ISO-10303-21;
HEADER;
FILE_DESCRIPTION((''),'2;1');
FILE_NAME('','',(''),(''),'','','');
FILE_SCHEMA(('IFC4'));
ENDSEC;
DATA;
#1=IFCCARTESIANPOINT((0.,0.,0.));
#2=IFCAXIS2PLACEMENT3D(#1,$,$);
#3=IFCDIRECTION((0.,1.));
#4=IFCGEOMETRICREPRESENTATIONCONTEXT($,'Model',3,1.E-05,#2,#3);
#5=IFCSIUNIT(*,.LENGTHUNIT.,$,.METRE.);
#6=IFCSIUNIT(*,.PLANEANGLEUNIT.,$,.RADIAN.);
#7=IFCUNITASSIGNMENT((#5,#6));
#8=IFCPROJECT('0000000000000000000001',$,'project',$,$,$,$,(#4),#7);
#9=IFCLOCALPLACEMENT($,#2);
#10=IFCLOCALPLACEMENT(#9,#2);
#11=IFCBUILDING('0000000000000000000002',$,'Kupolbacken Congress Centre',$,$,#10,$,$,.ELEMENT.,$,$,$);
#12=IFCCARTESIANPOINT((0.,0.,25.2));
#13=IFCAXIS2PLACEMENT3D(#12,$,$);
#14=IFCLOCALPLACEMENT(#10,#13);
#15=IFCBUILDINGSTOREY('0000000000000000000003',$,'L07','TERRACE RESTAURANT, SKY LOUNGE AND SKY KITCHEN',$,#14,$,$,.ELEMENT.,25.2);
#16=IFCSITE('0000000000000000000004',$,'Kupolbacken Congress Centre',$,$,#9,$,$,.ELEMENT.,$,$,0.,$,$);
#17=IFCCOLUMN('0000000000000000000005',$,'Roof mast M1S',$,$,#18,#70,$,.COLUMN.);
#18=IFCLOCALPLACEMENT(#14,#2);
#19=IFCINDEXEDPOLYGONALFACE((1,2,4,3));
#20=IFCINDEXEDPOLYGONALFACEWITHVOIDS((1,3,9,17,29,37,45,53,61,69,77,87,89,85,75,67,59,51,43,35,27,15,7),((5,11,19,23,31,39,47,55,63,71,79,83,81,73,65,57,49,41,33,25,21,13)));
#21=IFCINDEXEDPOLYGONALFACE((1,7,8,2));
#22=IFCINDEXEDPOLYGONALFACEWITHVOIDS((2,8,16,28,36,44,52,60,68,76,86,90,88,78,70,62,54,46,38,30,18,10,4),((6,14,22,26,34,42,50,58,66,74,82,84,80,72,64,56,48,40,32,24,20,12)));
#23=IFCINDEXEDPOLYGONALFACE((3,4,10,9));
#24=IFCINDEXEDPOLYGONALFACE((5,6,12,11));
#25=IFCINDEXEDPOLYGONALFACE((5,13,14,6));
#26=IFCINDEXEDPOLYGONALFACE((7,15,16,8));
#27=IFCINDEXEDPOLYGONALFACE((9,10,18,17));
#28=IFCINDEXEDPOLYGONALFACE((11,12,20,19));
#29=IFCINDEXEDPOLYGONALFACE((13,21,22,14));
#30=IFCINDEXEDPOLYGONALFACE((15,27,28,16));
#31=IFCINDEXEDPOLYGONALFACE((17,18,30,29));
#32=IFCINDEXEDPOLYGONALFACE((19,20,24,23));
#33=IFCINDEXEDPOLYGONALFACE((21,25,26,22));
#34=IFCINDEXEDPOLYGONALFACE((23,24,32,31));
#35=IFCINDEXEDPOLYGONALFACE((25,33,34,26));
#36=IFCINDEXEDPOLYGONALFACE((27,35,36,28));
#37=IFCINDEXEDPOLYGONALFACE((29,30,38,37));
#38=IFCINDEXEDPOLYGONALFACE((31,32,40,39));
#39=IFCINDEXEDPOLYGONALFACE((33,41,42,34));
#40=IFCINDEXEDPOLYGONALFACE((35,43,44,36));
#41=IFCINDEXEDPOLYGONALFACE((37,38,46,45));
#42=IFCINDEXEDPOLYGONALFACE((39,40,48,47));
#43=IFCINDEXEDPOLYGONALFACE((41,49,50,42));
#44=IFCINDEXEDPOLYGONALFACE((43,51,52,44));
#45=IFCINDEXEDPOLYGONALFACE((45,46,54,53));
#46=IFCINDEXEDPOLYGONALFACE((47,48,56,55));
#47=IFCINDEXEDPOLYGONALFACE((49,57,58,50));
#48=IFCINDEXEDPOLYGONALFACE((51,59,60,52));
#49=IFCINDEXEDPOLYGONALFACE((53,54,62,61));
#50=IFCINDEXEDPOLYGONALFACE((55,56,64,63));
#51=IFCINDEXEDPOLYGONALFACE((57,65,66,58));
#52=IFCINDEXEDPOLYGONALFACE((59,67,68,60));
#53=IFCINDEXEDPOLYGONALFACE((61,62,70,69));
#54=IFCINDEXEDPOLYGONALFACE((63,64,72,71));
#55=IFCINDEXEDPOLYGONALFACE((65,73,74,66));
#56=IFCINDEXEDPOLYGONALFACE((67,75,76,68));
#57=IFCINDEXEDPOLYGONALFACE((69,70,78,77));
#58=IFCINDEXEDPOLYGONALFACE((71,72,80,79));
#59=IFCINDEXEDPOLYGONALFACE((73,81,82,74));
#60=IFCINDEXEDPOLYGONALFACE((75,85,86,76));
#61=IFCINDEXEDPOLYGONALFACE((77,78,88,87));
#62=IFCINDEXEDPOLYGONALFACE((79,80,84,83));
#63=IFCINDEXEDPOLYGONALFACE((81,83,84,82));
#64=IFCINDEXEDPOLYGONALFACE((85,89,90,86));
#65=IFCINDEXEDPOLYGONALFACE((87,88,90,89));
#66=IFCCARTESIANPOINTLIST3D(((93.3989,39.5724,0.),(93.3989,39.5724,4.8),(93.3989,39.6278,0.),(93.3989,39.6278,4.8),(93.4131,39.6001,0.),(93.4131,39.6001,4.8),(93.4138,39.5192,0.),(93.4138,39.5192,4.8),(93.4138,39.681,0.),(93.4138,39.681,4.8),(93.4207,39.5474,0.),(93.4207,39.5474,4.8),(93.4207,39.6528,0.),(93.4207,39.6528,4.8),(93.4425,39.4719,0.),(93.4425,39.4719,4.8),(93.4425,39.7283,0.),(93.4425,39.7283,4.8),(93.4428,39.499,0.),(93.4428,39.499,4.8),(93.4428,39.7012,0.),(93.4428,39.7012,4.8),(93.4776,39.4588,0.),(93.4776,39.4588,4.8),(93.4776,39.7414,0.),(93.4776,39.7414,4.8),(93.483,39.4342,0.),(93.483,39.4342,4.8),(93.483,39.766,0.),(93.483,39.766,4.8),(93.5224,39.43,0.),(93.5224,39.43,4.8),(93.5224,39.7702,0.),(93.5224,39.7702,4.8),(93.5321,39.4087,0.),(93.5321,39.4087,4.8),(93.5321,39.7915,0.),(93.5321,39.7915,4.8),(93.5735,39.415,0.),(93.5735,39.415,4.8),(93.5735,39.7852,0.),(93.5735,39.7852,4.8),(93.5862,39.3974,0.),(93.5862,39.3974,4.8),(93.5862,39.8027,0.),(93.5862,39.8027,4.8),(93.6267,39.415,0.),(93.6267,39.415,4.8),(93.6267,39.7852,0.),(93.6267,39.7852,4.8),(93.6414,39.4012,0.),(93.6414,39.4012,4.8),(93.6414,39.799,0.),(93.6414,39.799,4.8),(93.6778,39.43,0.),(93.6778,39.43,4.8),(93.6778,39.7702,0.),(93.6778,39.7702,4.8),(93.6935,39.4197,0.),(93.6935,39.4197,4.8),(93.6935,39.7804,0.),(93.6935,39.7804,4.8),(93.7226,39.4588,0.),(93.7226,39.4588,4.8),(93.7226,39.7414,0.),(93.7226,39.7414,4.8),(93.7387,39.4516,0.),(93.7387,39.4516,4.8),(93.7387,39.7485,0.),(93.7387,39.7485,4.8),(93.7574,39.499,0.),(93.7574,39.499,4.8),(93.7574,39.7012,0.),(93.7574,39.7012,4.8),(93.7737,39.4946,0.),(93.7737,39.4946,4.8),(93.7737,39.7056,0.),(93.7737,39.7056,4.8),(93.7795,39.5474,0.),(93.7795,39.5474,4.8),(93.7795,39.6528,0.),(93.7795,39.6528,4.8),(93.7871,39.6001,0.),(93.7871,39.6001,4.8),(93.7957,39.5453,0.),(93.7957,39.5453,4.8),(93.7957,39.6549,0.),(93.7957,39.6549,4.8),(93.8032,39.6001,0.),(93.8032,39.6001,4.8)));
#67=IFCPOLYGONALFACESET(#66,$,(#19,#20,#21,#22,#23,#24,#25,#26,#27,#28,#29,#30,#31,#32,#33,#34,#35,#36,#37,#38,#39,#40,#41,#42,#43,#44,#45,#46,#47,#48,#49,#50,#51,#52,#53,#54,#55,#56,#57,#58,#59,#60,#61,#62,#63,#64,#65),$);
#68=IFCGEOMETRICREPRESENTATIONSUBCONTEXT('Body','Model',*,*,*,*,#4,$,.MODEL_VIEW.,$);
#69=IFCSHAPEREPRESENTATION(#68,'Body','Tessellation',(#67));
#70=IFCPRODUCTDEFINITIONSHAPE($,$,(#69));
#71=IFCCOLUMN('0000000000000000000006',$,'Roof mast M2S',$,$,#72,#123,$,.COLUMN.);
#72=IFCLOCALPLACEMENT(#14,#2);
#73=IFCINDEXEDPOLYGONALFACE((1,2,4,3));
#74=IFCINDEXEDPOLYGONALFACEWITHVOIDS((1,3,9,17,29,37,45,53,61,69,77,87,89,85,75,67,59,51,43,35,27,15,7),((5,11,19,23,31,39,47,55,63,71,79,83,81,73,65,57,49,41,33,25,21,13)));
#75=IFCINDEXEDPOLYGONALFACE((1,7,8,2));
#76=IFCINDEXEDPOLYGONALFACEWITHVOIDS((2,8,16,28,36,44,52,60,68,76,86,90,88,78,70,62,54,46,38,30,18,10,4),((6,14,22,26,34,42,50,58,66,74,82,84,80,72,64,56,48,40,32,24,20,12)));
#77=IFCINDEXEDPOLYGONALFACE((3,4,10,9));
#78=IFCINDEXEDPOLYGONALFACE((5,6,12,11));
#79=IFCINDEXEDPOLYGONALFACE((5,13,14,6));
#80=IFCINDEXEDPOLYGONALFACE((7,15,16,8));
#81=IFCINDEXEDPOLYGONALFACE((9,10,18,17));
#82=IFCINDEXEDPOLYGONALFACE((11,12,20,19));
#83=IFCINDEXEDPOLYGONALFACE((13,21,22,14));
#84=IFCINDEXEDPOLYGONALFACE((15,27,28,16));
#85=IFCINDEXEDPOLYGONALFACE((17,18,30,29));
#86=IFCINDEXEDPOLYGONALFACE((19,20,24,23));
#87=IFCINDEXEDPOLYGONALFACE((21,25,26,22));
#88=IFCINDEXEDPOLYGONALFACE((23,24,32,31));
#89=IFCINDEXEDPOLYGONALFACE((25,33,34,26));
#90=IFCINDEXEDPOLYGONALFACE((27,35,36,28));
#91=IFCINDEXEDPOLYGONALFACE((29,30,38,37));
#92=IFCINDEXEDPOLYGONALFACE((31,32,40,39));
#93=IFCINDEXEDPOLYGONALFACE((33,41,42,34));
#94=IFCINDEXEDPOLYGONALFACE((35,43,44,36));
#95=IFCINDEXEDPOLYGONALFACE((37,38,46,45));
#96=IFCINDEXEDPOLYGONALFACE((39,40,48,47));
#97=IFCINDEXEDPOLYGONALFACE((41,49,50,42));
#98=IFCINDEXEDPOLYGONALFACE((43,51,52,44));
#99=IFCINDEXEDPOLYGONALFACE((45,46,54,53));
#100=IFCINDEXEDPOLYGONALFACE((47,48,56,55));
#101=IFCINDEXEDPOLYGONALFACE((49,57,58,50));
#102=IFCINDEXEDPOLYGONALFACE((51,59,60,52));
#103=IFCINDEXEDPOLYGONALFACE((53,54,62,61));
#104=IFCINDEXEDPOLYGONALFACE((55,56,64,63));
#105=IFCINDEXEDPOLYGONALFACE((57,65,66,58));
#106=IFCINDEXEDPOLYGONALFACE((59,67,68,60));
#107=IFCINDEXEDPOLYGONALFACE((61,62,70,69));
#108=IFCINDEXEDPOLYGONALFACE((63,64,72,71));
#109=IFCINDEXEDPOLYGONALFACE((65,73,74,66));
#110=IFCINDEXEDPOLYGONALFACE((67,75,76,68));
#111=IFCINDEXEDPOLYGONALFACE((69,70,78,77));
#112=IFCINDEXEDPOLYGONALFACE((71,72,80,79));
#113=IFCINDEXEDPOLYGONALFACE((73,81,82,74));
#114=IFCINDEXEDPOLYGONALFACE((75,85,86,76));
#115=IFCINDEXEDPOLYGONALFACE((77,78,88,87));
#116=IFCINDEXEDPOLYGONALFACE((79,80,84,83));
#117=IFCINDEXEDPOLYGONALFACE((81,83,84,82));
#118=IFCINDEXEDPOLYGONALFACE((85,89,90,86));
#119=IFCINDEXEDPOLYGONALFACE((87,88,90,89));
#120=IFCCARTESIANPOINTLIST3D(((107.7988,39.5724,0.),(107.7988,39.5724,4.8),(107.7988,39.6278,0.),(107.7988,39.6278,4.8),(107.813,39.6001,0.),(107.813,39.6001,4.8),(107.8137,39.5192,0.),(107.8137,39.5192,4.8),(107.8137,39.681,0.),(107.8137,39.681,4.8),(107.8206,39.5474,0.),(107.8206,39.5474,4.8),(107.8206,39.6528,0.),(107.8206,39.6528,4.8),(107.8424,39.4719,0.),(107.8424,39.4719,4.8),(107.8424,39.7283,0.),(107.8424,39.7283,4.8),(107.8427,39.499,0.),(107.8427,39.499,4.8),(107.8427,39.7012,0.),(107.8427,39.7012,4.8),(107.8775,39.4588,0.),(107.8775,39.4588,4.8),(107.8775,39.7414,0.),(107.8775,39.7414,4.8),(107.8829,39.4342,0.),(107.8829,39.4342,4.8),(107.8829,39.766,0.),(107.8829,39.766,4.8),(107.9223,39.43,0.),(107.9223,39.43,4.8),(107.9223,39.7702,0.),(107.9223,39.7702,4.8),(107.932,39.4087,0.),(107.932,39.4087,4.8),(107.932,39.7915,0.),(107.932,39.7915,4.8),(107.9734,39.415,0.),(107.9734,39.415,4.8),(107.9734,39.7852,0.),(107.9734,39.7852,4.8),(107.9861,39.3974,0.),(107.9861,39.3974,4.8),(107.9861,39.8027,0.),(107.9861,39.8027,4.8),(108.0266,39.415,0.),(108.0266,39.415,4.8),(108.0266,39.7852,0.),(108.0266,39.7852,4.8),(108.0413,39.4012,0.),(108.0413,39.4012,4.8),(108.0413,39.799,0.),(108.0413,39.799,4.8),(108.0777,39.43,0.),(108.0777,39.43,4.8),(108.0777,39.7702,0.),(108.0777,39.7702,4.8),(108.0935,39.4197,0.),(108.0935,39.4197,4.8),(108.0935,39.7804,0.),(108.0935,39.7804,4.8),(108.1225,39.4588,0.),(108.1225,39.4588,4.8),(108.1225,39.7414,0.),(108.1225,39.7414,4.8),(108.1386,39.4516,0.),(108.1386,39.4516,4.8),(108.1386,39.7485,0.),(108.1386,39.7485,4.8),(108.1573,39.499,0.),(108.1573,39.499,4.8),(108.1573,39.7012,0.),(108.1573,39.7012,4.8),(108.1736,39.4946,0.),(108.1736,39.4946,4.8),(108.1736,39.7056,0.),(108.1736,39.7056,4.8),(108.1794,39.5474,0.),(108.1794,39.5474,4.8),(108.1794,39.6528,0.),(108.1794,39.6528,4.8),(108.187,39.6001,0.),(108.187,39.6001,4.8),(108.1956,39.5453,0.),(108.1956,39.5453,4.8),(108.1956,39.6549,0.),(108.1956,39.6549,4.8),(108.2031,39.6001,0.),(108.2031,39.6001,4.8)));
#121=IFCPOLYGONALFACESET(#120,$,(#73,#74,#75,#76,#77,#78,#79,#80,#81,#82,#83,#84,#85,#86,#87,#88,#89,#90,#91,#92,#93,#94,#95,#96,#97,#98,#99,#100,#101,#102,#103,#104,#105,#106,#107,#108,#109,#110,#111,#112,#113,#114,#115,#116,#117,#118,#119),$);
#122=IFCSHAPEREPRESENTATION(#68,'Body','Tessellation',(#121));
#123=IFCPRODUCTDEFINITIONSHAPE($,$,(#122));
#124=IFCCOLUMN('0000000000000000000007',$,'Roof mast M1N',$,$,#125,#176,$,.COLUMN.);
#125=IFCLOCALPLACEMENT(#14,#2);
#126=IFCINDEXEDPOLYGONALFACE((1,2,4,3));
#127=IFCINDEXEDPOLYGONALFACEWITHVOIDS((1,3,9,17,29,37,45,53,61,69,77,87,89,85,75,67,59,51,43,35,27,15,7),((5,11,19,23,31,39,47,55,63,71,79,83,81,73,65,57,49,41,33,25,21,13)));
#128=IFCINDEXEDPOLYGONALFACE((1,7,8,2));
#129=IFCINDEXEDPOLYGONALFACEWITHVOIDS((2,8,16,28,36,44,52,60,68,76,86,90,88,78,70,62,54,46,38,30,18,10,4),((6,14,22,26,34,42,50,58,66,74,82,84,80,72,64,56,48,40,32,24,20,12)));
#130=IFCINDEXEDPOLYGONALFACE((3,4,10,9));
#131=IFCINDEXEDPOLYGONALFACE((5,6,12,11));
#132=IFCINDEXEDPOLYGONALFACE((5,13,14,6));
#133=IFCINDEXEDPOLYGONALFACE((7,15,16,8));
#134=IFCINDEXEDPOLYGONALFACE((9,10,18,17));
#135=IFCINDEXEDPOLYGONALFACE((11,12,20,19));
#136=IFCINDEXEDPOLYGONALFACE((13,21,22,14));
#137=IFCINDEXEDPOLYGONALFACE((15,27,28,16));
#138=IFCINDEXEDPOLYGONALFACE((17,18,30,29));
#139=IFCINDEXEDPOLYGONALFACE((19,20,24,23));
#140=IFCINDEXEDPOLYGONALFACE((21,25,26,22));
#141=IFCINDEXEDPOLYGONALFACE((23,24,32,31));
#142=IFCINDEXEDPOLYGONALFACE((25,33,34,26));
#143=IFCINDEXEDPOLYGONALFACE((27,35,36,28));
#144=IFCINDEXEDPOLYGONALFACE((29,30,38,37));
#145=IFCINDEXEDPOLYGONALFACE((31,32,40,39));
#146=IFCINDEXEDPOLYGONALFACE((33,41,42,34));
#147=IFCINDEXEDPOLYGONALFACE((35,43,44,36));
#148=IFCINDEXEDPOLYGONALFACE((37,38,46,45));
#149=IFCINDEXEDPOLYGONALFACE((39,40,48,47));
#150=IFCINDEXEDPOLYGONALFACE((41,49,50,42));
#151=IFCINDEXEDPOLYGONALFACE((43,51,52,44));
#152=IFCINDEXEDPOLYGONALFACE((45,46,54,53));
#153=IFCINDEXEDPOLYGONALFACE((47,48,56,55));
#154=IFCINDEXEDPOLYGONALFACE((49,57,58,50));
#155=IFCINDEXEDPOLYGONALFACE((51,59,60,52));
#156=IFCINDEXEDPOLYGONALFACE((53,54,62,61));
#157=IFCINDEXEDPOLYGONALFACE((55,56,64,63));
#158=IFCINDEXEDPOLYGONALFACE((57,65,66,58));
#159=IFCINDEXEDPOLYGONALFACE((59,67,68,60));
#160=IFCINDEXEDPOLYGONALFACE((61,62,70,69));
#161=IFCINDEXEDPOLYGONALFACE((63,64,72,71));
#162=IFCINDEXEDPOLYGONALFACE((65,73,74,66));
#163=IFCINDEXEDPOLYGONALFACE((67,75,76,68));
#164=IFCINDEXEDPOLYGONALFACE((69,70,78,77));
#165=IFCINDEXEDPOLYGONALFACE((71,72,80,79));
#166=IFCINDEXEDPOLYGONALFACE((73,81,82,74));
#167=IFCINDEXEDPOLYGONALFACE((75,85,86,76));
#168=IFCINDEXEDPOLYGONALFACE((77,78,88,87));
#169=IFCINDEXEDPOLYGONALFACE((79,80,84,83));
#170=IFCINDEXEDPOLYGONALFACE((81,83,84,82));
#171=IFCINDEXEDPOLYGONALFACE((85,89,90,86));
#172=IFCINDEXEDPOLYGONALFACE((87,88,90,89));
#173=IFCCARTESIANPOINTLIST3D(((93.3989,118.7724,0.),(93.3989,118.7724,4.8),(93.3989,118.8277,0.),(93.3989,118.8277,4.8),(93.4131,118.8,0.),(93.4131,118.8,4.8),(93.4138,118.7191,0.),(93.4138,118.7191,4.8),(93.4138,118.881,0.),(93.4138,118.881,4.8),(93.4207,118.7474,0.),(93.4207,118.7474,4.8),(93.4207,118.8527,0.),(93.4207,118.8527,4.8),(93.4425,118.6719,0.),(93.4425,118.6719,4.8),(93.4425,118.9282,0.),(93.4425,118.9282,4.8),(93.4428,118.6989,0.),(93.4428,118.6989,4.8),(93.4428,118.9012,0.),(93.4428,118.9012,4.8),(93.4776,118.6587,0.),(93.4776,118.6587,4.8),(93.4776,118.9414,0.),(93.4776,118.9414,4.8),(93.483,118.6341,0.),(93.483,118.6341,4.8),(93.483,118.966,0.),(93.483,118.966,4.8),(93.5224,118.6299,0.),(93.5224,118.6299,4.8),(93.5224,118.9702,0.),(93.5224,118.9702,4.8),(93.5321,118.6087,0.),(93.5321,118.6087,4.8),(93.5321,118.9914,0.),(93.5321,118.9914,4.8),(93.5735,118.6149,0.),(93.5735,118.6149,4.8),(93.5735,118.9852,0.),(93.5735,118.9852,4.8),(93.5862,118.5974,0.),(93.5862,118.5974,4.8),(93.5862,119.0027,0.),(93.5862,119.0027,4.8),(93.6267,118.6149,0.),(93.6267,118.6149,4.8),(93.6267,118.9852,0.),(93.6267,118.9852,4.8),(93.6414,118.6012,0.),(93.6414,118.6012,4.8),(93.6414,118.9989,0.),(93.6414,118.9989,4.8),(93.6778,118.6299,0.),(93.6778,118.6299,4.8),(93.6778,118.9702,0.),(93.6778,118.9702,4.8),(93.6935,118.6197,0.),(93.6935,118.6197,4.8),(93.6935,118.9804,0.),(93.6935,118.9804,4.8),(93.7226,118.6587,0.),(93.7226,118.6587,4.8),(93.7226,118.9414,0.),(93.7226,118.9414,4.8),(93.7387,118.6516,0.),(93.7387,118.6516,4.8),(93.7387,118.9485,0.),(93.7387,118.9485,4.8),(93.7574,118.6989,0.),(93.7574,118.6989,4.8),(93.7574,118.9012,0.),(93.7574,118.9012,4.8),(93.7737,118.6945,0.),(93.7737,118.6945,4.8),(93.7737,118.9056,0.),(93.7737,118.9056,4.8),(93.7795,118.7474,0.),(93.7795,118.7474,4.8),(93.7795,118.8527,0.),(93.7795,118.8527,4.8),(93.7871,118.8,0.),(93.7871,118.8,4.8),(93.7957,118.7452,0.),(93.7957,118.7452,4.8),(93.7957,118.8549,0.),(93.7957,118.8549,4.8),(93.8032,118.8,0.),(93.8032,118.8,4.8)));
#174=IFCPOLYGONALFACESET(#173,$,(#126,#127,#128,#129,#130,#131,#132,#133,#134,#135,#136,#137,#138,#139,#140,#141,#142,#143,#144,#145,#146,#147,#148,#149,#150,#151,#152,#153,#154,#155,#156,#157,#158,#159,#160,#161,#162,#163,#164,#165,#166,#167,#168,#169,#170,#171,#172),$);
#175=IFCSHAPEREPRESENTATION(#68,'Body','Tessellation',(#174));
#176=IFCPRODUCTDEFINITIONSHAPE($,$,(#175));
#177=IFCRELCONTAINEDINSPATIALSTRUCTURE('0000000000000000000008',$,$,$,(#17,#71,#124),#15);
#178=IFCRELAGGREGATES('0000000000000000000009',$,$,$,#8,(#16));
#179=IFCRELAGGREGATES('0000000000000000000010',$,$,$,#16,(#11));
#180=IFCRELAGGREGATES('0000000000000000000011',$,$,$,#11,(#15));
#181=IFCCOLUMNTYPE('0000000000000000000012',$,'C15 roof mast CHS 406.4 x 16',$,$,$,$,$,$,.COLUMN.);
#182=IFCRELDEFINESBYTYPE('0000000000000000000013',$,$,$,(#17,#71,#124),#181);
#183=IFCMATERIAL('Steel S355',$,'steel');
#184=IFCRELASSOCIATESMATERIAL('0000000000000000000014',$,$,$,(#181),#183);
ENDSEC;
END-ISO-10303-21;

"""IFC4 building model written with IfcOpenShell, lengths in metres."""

from ifc_helpers import new_model, si_unit, direction, frame, origin, origin_2d, place, context, subcontext, project, spatial, hollow_circle, extrude, material, material_profile, profile_set, type_object, element, save


model = new_model("IFC4")

# Units and contexts
model_context = context("Model", 3, precision=1e-05, world=origin(), true_north=direction((0.0, 1.0)))
body_context = subcontext(model_context, "Body", "Model", "MODEL_VIEW")
ifc_project = project(units=[si_unit("LENGTHUNIT", "METRE"), si_unit("PLANEANGLEUNIT", "RADIAN")], contexts=[model_context])

# Site, building, storey
site_placement = place(None, origin())
site = spatial("IfcSite", under=ifc_project, at=site_placement, Name="Kupolbacken Congress Centre", CompositionType="ELEMENT", RefElevation=0.0)
building_placement = place(site_placement, origin())
building = spatial("IfcBuilding", under=site, at=building_placement, Name="Kupolbacken Congress Centre", CompositionType="ELEMENT")
storey_placement = place(building_placement, frame((0.0, 0.0, 25.2)))
storey = spatial("IfcBuildingStorey", under=building, at=storey_placement, Name="L07", Description="TERRACE RESTAURANT, SKY LOUNGE AND SKY KITCHEN", CompositionType="ELEMENT", Elevation=25.2)

# Columns
ifc_material_1 = material(Name="Steel S355", Category="steel")
ifc_material_profile_1 = material_profile(ifc_material_1, hollow_circle(Radius=0.2031, WallThickness=0.0161, at=origin_2d()), Name="CHS 406.4 x 16")
ifc_profile_set_1 = profile_set([ifc_material_profile_1], Name="Steel S355")
column_type = type_object("IfcColumnType", Name="C15 roof mast CHS 406.4 x 16", PredefinedType="COLUMN", material=ifc_profile_set_1)
for number, where, z_axis, x_axis, name in (
    (1, (93.6001, 39.6001, 0.0), (0.0, 0.0, 1.0), (1.0, 0.0, 0.0), "Roof mast M1S"),
    (2, (108.0, 39.6001, 0.0), (0.0, 0.0, 1.0), (1.0, 0.0, 0.0), "Roof mast M2S"),
    (3, (93.6001, 118.8, 0.0), (0.0, 0.0, 1.0), (1.0, 0.0, 0.0), "Roof mast M1N"),
):
    element("IfcColumn", number, at=place(storey_placement, frame(where, z_axis=z_axis, x_axis=x_axis)), inside=storey, type_object=column_type, Name=name, PredefinedType="COLUMN", context=body_context, shape_type="SweptSolid", body=[
        extrude(hollow_circle(Radius=0.2031, WallThickness=0.0161, at=origin_2d()), origin(), (0.0, 0.0, 1.0), 4.8),
    ])

save(model, "model.ifc")
